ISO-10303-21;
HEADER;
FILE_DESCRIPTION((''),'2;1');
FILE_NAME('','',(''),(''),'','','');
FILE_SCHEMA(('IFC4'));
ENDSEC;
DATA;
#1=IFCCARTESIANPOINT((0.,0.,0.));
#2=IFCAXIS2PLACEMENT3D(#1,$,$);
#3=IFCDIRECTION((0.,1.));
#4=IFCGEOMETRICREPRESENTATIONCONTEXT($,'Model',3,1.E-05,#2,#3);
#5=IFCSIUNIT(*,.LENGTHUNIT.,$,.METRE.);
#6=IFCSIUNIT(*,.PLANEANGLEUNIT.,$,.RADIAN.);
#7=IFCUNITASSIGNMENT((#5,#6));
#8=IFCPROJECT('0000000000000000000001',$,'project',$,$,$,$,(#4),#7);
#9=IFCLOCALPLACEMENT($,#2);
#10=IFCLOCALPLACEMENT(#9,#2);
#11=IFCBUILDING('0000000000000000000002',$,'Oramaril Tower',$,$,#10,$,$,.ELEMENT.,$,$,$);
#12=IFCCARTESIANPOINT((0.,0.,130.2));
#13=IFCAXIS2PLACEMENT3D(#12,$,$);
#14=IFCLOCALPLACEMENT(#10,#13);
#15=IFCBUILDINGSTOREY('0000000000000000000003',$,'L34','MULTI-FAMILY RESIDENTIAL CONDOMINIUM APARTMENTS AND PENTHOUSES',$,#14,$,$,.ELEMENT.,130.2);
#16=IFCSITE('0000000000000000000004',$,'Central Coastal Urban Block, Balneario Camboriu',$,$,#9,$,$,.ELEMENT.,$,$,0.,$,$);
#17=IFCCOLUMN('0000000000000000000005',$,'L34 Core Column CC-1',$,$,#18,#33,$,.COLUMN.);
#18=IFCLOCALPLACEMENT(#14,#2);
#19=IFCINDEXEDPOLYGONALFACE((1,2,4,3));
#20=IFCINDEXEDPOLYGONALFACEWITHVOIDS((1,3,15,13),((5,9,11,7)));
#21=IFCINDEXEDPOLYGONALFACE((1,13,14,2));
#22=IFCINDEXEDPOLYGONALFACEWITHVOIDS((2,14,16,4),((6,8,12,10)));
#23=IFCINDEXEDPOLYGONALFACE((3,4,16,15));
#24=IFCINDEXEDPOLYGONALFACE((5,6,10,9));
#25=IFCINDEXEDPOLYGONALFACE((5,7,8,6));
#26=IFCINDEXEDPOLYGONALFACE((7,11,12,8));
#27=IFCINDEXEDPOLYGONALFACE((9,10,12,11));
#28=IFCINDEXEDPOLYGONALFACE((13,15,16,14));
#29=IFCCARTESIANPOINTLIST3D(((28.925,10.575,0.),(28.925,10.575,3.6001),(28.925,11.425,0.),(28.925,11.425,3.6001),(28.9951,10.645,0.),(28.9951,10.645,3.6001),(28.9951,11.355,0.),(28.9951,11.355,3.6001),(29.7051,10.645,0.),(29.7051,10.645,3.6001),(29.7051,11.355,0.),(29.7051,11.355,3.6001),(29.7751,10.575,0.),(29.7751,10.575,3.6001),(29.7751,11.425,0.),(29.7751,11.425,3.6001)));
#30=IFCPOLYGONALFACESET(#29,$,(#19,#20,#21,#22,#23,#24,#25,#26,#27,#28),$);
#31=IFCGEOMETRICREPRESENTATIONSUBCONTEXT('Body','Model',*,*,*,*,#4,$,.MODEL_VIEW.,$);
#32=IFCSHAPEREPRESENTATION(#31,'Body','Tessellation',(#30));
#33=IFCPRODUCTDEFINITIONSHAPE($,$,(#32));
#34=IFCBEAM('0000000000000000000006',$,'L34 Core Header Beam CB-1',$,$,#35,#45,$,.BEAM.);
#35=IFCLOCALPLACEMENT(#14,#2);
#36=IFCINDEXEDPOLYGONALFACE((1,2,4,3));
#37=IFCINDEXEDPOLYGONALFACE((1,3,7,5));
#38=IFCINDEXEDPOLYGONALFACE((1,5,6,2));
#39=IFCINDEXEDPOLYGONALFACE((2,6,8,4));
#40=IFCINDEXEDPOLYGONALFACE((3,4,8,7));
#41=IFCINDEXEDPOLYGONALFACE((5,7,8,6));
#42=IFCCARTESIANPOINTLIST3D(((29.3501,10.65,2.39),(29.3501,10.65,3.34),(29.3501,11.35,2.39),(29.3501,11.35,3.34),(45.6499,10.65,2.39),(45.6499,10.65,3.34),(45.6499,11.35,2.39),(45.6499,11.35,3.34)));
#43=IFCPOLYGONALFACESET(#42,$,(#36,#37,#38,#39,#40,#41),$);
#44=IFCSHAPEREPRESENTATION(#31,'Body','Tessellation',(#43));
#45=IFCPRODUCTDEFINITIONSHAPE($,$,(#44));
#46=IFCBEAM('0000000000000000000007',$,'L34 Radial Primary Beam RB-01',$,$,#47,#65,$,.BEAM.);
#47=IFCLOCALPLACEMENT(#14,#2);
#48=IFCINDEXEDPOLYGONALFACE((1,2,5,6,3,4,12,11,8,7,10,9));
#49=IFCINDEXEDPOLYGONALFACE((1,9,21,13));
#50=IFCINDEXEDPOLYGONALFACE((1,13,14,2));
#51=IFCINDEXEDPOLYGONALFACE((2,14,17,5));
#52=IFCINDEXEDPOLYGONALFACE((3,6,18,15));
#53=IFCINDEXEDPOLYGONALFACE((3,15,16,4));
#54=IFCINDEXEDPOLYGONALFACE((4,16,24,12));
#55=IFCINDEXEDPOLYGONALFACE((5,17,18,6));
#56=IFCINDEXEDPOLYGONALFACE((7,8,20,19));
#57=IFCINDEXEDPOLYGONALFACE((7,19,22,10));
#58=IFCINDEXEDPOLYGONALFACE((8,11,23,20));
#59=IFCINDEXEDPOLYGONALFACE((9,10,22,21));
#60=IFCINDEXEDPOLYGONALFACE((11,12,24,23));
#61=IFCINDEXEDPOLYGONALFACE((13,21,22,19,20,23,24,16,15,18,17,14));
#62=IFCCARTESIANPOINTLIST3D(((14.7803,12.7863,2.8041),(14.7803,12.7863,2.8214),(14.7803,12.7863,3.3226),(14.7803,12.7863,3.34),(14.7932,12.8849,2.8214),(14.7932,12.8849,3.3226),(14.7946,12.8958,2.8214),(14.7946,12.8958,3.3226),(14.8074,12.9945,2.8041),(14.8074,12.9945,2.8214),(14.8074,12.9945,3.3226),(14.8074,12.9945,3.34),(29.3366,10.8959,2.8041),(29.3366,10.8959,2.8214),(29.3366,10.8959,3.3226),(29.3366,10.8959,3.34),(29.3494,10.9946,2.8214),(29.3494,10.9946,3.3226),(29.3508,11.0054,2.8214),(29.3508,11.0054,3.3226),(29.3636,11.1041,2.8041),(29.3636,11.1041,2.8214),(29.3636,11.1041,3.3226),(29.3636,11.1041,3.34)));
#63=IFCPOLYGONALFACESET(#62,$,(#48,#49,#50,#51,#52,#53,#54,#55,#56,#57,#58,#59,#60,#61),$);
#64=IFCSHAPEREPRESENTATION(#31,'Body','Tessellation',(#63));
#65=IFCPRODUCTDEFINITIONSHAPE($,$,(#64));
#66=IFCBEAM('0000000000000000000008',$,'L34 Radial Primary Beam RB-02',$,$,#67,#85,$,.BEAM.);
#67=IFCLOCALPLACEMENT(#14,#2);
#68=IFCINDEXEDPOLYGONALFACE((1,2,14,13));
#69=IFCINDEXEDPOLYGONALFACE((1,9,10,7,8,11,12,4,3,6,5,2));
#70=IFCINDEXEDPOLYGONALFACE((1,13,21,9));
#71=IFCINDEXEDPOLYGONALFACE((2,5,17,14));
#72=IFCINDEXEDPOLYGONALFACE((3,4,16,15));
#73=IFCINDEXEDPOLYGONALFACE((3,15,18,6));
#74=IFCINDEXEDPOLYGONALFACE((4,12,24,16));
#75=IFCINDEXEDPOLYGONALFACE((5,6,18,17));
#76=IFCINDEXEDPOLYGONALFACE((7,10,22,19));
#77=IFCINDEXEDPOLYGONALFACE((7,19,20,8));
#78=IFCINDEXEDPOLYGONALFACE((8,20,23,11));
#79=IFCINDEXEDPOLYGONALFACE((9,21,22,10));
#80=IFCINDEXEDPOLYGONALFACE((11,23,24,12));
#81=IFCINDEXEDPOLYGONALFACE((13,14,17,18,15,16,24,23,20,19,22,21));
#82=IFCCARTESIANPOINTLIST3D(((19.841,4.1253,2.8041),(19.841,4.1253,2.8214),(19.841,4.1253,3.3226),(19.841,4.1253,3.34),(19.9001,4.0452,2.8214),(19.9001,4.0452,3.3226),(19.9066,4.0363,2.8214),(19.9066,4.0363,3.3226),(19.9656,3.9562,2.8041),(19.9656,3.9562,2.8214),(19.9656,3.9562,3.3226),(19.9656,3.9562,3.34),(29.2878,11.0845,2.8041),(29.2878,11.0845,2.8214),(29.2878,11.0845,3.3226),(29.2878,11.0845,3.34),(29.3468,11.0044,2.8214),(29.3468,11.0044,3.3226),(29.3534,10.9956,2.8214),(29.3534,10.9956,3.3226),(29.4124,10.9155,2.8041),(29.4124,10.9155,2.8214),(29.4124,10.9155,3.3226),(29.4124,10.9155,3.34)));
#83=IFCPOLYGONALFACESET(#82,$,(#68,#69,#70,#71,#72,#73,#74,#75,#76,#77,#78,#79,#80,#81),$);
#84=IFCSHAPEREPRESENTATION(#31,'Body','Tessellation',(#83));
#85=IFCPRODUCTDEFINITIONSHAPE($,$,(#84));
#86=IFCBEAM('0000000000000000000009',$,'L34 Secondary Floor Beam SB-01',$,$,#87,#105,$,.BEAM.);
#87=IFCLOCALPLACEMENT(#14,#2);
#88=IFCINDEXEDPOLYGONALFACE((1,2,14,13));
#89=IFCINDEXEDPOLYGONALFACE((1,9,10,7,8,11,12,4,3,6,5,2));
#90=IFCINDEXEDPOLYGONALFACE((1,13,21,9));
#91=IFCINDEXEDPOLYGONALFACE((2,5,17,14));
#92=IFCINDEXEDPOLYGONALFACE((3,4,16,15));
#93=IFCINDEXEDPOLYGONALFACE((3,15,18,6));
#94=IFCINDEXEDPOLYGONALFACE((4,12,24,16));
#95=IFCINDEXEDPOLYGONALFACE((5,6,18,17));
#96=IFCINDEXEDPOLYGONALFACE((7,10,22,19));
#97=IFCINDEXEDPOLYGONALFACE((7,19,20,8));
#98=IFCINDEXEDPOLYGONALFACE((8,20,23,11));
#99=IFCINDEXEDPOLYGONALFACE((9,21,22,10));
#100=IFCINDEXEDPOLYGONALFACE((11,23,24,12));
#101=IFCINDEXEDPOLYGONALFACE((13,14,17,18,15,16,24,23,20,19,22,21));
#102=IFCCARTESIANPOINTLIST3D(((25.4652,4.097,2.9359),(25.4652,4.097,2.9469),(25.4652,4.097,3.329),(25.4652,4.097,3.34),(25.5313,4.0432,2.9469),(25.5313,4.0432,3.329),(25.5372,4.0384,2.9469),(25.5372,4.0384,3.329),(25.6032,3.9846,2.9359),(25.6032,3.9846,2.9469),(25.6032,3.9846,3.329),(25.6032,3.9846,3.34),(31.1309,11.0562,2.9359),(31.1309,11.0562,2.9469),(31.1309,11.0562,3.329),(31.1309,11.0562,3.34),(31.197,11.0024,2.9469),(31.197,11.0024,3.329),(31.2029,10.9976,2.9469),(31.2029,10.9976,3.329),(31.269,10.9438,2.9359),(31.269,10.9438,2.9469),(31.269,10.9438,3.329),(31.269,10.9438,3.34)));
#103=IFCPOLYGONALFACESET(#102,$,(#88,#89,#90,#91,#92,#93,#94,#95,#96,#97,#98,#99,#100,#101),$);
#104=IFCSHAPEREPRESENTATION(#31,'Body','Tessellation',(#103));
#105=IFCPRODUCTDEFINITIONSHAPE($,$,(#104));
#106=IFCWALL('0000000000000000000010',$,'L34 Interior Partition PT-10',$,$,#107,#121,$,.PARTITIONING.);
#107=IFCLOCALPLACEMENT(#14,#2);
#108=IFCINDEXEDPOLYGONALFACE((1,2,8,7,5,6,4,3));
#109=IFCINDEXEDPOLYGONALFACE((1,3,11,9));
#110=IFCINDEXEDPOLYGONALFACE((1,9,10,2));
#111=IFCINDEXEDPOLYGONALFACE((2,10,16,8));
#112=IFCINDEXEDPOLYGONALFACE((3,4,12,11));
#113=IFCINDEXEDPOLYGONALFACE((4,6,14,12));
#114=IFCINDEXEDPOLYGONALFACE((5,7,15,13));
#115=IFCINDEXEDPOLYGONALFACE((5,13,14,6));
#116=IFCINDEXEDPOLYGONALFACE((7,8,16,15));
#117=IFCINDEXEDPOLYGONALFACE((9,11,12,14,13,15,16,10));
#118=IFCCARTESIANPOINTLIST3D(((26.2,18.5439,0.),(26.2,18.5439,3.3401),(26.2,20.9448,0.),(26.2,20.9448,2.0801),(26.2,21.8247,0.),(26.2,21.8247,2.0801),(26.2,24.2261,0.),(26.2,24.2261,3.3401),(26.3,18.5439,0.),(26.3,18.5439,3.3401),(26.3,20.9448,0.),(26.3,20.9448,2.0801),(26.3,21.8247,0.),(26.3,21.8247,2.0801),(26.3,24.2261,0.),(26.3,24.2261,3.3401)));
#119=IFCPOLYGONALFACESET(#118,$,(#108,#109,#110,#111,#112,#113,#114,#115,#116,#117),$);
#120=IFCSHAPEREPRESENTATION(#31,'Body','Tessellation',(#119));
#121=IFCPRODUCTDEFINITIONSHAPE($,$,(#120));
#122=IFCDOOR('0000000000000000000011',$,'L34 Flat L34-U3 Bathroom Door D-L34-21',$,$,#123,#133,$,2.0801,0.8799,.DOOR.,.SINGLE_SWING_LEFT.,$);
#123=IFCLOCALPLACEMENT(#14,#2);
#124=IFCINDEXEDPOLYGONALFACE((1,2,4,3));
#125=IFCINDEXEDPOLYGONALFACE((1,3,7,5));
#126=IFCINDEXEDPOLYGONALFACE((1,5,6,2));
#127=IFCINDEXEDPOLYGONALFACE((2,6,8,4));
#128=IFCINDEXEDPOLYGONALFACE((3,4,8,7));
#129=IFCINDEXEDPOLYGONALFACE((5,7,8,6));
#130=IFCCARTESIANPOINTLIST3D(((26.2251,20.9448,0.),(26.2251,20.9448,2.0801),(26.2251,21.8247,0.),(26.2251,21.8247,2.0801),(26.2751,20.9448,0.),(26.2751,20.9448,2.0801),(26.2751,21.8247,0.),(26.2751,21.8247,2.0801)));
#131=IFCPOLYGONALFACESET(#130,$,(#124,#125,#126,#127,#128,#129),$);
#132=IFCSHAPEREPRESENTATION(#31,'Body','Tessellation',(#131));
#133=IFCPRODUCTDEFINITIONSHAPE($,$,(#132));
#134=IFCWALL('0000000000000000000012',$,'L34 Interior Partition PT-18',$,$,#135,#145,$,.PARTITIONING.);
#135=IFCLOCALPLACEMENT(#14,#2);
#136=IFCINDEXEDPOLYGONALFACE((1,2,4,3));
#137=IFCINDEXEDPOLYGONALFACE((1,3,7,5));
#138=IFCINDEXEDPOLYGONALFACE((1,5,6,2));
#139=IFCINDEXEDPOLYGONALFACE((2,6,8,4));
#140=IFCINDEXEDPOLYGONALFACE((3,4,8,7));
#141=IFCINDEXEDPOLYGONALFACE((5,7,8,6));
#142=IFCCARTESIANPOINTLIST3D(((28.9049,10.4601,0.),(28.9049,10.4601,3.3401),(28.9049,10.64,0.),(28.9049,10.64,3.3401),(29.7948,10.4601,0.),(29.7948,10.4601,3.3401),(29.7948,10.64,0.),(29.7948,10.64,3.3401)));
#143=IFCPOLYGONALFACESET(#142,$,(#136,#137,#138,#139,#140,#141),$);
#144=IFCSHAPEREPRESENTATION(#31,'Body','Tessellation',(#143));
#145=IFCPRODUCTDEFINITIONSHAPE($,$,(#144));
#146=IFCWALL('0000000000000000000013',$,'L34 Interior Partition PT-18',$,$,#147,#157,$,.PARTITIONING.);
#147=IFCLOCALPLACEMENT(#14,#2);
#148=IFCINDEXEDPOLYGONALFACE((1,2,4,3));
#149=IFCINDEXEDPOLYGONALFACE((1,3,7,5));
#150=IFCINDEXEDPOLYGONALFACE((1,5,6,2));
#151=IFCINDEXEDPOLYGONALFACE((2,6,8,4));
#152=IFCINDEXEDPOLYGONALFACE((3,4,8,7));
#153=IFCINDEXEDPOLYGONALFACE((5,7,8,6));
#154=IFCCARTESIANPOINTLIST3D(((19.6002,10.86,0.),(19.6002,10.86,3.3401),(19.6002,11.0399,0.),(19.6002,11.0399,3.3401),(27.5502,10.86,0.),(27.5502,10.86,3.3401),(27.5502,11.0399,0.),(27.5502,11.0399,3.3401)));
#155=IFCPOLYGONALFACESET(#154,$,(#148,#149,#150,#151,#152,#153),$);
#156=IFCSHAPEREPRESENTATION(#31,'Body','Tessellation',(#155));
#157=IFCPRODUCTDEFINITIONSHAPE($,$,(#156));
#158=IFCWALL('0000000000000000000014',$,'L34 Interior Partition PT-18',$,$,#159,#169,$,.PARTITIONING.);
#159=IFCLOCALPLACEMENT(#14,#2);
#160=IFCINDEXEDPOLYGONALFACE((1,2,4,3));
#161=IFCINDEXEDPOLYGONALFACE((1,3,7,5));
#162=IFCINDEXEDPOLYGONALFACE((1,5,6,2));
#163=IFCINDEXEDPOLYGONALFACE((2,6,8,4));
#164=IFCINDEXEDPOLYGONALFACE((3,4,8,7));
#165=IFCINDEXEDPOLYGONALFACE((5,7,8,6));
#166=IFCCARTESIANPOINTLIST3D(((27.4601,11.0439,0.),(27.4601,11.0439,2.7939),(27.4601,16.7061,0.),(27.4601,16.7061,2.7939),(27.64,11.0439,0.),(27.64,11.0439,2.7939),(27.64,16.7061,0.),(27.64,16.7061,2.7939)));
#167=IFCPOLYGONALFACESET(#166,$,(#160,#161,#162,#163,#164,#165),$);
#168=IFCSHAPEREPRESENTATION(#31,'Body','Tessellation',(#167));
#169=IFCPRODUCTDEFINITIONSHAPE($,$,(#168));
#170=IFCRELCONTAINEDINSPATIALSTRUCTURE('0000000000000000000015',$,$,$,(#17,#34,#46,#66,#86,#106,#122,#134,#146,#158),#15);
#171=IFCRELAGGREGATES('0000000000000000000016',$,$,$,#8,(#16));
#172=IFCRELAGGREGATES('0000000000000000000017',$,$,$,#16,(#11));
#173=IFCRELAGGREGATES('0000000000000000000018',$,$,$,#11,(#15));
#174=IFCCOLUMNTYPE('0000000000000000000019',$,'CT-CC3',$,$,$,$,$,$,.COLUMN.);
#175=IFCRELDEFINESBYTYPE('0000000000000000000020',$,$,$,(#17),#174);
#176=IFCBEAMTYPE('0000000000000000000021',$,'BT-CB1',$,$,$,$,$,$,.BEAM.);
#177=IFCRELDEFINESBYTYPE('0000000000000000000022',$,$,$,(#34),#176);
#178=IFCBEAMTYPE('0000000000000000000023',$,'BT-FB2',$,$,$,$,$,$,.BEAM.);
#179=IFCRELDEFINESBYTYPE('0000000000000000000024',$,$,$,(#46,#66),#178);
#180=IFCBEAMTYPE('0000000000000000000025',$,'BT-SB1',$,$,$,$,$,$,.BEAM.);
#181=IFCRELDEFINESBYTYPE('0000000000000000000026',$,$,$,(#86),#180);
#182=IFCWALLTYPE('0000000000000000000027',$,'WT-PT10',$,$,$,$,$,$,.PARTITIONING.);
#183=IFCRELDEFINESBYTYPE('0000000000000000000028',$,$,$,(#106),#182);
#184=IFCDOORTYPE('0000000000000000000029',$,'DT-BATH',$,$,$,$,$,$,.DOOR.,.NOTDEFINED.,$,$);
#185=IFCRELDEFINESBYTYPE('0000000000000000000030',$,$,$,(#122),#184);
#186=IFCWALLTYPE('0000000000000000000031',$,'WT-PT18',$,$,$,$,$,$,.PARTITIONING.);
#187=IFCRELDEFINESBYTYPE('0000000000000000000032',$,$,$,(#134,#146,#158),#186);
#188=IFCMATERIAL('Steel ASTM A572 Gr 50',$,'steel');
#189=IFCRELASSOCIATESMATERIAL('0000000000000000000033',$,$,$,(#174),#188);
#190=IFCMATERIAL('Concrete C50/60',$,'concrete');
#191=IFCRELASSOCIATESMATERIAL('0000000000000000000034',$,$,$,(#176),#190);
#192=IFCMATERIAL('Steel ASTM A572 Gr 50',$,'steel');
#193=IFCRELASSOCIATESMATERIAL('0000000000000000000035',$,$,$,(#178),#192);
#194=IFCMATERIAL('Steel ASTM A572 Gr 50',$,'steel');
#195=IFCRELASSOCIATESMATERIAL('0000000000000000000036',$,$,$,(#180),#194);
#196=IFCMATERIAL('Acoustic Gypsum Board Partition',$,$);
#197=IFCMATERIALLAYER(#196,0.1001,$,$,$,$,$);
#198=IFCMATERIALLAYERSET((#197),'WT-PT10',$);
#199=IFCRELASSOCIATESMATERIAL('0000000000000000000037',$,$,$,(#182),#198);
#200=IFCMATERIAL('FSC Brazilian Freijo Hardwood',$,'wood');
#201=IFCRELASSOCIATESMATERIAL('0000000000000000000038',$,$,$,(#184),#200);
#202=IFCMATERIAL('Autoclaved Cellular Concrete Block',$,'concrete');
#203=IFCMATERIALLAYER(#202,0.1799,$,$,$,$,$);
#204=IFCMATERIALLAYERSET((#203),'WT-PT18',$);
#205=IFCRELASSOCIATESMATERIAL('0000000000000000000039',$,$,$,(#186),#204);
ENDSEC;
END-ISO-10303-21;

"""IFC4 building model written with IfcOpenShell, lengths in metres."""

from ifc_helpers import new_model, si_unit, direction, frame, frame_2d, origin, origin_2d, place, context, subcontext, project, spatial, rectangle, hollow_rectangle, i_section, extrude, material, layer, layer_set, material_profile, profile_set, type_object, element, fill, save


model = new_model("IFC4")

# Units and contexts
model_context = context("Model", 3, precision=1e-05, world=origin(), true_north=direction((0.0, 1.0)))
body_context = subcontext(model_context, "Body", "Model", "MODEL_VIEW")
ifc_project = project(units=[si_unit("LENGTHUNIT", "METRE"), si_unit("PLANEANGLEUNIT", "RADIAN")], contexts=[model_context])

# Site, building, storey
site_placement = place(None, origin())
site = spatial("IfcSite", under=ifc_project, at=site_placement, Name="Central Coastal Urban Block, Balneario Camboriu", CompositionType="ELEMENT", RefElevation=0.0)
building_placement = place(site_placement, origin())
building = spatial("IfcBuilding", under=site, at=building_placement, Name="Oramaril Tower", CompositionType="ELEMENT")
storey_placement = place(building_placement, frame((0.0, 0.0, 130.2)))
storey = spatial("IfcBuildingStorey", under=building, at=storey_placement, Name="L34", Description="MULTI-FAMILY RESIDENTIAL CONDOMINIUM APARTMENTS AND PENTHOUSES", CompositionType="ELEMENT", Elevation=130.2)

# Column
ifc_material_1 = material(Name="Steel ASTM A572 Gr 50", Category="steel")
ifc_material_profile_1 = material_profile(ifc_material_1, hollow_rectangle(XDim=0.8501, YDim=0.8501, WallThickness=0.0701, at=origin_2d()), Name="BOX850X850X70")
ifc_profile_set_1 = profile_set([ifc_material_profile_1], Name="Steel ASTM A572 Gr 50")
column_type = type_object("IfcColumnType", Name="CT-CC3", PredefinedType="COLUMN", material=ifc_profile_set_1)
column_placement = place(storey_placement, frame((29.3501, 11.0, 0.0), z_axis=(0.0, 0.0, 1.0), x_axis=(1.0, 0.0, 0.0)))
element("IfcColumn", 1, at=column_placement, inside=storey, type_object=column_type, Name="L34 Core Column CC-1", PredefinedType="COLUMN", context=body_context, shape_type="SweptSolid", body=[
    extrude(hollow_rectangle(XDim=0.8501, YDim=0.8501, WallThickness=0.0701, at=origin_2d()), origin(), (0.0, 0.0, 1.0), 3.6001),
])

# Beams
ifc_material_2 = material(Name="Concrete C50/60", Category="concrete")
ifc_material_profile_2 = material_profile(ifc_material_2, rectangle(XDim=0.7, YDim=0.95, at=origin_2d()), Name="CB700X950")
ifc_profile_set_2 = profile_set([ifc_material_profile_2], Name="Concrete C50/60")
beam_type_1 = type_object("IfcBeamType", Name="BT-CB1", PredefinedType="BEAM", material=ifc_profile_set_2)
beam_1_placement = place(storey_placement, frame((29.3501, 11.0, 2.865), z_axis=(1.0, 0.0, 0.0), x_axis=(0.0, 1.0, 0.0)))
element("IfcBeam", 2, at=beam_1_placement, inside=storey, type_object=beam_type_1, Name="L34 Core Header Beam CB-1", PredefinedType="BEAM", context=body_context, shape_type="SweptSolid", body=[
    extrude(rectangle(XDim=0.7, YDim=0.95, at=origin_2d()), origin(), (0.0, 0.0, 1.0), 16.2998),
])
ifc_material_3 = material(Name="Steel ASTM A572 Gr 50", Category="steel")
ifc_material_profile_3 = material_profile(ifc_material_3, i_section(OverallWidth=0.21, OverallDepth=0.5359, WebThickness=0.011, FlangeThickness=0.0173, at=origin_2d()), Name="W21X68")
ifc_profile_set_3 = profile_set([ifc_material_profile_3], Name="Steel ASTM A572 Gr 50")
beam_type_2 = type_object("IfcBeamType", Name="BT-FB2", PredefinedType="BEAM", material=ifc_profile_set_3)
beam_2_placement = place(storey_placement, frame((29.3501, 11.0, 3.072), z_axis=(-0.991672, 0.128787, 0.0), x_axis=(-0.128787, -0.991672, 0.0)))
element("IfcBeam", 3, at=beam_2_placement, inside=storey, type_object=beam_type_2, Name="L34 Radial Primary Beam RB-01", PredefinedType="BEAM", context=body_context, shape_type="SweptSolid", body=[
    extrude(i_section(OverallWidth=0.21, OverallDepth=0.5359, WebThickness=0.011, FlangeThickness=0.0173, at=origin_2d()), origin(), (0.0, 0.0, 1.0), 14.6785),
])
beam_3_placement = place(storey_placement, frame((29.3501, 11.0, 3.072), z_axis=(-0.805119, -0.593113, 0.0), x_axis=(0.593113, -0.805119, 0.0)))
element("IfcBeam", 4, at=beam_3_placement, inside=storey, type_object=beam_type_2, Name="L34 Radial Primary Beam RB-02", PredefinedType="BEAM", context=body_context, shape_type="SweptSolid", body=[
    extrude(i_section(OverallWidth=0.21, OverallDepth=0.5359, WebThickness=0.011, FlangeThickness=0.0173, at=origin_2d()), origin(), (0.0, 0.0, 1.0), 11.7334),
])
ifc_material_4 = material(Name="Steel ASTM A572 Gr 50", Category="steel")
ifc_material_profile_4 = material_profile(ifc_material_4, i_section(OverallWidth=0.178, OverallDepth=0.4041, WebThickness=0.0076, FlangeThickness=0.011, at=origin_2d()), Name="W16X36")
ifc_profile_set_4 = profile_set([ifc_material_profile_4], Name="Steel ASTM A572 Gr 50")
beam_type_3 = type_object("IfcBeamType", Name="BT-SB1", PredefinedType="BEAM", material=ifc_profile_set_4)
beam_4_placement = place(storey_placement, frame((31.2, 11.0, 3.1379), z_axis=(-0.631357, -0.775492, 0.0), x_axis=(0.775492, -0.631357, 0.0)))
element("IfcBeam", 5, at=beam_4_placement, inside=storey, type_object=beam_type_3, Name="L34 Secondary Floor Beam SB-01", PredefinedType="BEAM", context=body_context, shape_type="SweptSolid", body=[
    extrude(i_section(OverallWidth=0.178, OverallDepth=0.4041, WebThickness=0.0076, FlangeThickness=0.011, at=origin_2d()), origin(), (0.0, 0.0, 1.0), 8.9739),
])

# Wall, opening, door
ifc_material_5 = material(Name="Acoustic Gypsum Board Partition")
ifc_layer_1 = layer(ifc_material_5, 0.1001)
ifc_layer_set_1 = layer_set([ifc_layer_1], Name="WT-PT10")
wall_type_1 = type_object("IfcWallType", Name="WT-PT10", PredefinedType="PARTITIONING", material=ifc_layer_set_1)
wall_1_placement = place(storey_placement, frame((26.25, 18.5439, 0.0), z_axis=(0.0, 0.0, 1.0), x_axis=(0.0, 1.0, 0.0)))
wall_1 = element("IfcWall", 6, at=wall_1_placement, inside=storey, type_object=wall_type_1, Name="L34 Interior Partition PT-10", PredefinedType="PARTITIONING", context=body_context, shape_type="SweptSolid", body=[
    extrude(rectangle(XDim=5.6821, YDim=0.1001, at=frame_2d((2.8411, 0.0))), origin(), (0.0, 0.0, 1.0), 3.3401),
])
opening_1_placement = place(wall_1_placement, frame((2.4009, 0.0, 0.0)))
opening_1 = element("IfcOpeningElement", 7, at=opening_1_placement, cuts=wall_1, PredefinedType="OPENING", context=body_context, shape_type="SweptSolid", body=[
    extrude(rectangle(XDim=0.8799, YDim=2.0801, at=frame_2d((0.4399, 1.04))), frame((0.0, 0.05, 0.0), z_axis=(0.0, -1.0, 0.0), x_axis=(1.0, 0.0, 0.0)), (0.0, 0.0, 1.0), 0.1001),
])
ifc_material_6 = material(Name="FSC Brazilian Freijo Hardwood", Category="wood")
door_type_1 = type_object("IfcDoorType", Name="DT-BATH", OperationType="NOTDEFINED", PredefinedType="DOOR", material=ifc_material_6)
door_1_placement = place(opening_1_placement, origin())
door_1 = element("IfcDoor", 8, at=door_1_placement, inside=storey, type_object=door_type_1, Name="L34 Flat L34-U3 Bathroom Door D-L34-21", OperationType="SINGLE_SWING_LEFT", OverallHeight=2.0801, OverallWidth=0.8799, PredefinedType="DOOR", context=body_context, shape_type="SweptSolid", body=[
    extrude(rectangle(XDim=0.8799, YDim=2.0801, at=frame_2d((0.4399, 1.04))), frame((0.0, 0.0249, 0.0), z_axis=(0.0, -1.0, 0.0), x_axis=(1.0, 0.0, 0.0)), (0.0, 0.0, 1.0), 0.05),
])
fill(opening_1, door_1)

# Walls
ifc_material_7 = material(Name="Autoclaved Cellular Concrete Block", Category="concrete")
ifc_layer_2 = layer(ifc_material_7, 0.1799)
ifc_layer_set_2 = layer_set([ifc_layer_2], Name="WT-PT18")
wall_type_2 = type_object("IfcWallType", Name="WT-PT18", PredefinedType="PARTITIONING", material=ifc_layer_set_2)
wall_2_placement = place(storey_placement, frame((28.905, 10.55, 0.0), z_axis=(0.0, 0.0, 1.0), x_axis=(1.0, 0.0, 0.0)))
element("IfcWall", 9, at=wall_2_placement, inside=storey, type_object=wall_type_2, Name="L34 Interior Partition PT-18", PredefinedType="PARTITIONING", context=body_context, shape_type="SweptSolid", body=[
    extrude(rectangle(XDim=0.8899, YDim=0.1799, at=frame_2d((0.4448, 0.0))), origin(), (0.0, 0.0, 1.0), 3.3401),
])
wall_3_placement = place(storey_placement, frame((19.6001, 10.95, 0.0), z_axis=(0.0, 0.0, 1.0), x_axis=(1.0, 0.0, 0.0)))
element("IfcWall", 10, at=wall_3_placement, inside=storey, type_object=wall_type_2, Name="L34 Interior Partition PT-18", PredefinedType="PARTITIONING", context=body_context, shape_type="SweptSolid", body=[
    extrude(rectangle(XDim=7.95, YDim=0.1799, at=frame_2d((3.9751, 0.0))), origin(), (0.0, 0.0, 1.0), 3.3401),
])
wall_4_placement = place(storey_placement, frame((27.55, 11.0439, 0.0), z_axis=(0.0, 0.0, 1.0), x_axis=(0.0, 1.0, 0.0)))
element("IfcWall", 11, at=wall_4_placement, inside=storey, type_object=wall_type_2, Name="L34 Interior Partition PT-18", PredefinedType="PARTITIONING", context=body_context, shape_type="SweptSolid", body=[
    extrude(rectangle(XDim=5.6621, YDim=0.1799, at=frame_2d((2.8311, 0.0))), origin(), (0.0, 0.0, 1.0), 2.7939),
])

save(model, "model.ifc")
